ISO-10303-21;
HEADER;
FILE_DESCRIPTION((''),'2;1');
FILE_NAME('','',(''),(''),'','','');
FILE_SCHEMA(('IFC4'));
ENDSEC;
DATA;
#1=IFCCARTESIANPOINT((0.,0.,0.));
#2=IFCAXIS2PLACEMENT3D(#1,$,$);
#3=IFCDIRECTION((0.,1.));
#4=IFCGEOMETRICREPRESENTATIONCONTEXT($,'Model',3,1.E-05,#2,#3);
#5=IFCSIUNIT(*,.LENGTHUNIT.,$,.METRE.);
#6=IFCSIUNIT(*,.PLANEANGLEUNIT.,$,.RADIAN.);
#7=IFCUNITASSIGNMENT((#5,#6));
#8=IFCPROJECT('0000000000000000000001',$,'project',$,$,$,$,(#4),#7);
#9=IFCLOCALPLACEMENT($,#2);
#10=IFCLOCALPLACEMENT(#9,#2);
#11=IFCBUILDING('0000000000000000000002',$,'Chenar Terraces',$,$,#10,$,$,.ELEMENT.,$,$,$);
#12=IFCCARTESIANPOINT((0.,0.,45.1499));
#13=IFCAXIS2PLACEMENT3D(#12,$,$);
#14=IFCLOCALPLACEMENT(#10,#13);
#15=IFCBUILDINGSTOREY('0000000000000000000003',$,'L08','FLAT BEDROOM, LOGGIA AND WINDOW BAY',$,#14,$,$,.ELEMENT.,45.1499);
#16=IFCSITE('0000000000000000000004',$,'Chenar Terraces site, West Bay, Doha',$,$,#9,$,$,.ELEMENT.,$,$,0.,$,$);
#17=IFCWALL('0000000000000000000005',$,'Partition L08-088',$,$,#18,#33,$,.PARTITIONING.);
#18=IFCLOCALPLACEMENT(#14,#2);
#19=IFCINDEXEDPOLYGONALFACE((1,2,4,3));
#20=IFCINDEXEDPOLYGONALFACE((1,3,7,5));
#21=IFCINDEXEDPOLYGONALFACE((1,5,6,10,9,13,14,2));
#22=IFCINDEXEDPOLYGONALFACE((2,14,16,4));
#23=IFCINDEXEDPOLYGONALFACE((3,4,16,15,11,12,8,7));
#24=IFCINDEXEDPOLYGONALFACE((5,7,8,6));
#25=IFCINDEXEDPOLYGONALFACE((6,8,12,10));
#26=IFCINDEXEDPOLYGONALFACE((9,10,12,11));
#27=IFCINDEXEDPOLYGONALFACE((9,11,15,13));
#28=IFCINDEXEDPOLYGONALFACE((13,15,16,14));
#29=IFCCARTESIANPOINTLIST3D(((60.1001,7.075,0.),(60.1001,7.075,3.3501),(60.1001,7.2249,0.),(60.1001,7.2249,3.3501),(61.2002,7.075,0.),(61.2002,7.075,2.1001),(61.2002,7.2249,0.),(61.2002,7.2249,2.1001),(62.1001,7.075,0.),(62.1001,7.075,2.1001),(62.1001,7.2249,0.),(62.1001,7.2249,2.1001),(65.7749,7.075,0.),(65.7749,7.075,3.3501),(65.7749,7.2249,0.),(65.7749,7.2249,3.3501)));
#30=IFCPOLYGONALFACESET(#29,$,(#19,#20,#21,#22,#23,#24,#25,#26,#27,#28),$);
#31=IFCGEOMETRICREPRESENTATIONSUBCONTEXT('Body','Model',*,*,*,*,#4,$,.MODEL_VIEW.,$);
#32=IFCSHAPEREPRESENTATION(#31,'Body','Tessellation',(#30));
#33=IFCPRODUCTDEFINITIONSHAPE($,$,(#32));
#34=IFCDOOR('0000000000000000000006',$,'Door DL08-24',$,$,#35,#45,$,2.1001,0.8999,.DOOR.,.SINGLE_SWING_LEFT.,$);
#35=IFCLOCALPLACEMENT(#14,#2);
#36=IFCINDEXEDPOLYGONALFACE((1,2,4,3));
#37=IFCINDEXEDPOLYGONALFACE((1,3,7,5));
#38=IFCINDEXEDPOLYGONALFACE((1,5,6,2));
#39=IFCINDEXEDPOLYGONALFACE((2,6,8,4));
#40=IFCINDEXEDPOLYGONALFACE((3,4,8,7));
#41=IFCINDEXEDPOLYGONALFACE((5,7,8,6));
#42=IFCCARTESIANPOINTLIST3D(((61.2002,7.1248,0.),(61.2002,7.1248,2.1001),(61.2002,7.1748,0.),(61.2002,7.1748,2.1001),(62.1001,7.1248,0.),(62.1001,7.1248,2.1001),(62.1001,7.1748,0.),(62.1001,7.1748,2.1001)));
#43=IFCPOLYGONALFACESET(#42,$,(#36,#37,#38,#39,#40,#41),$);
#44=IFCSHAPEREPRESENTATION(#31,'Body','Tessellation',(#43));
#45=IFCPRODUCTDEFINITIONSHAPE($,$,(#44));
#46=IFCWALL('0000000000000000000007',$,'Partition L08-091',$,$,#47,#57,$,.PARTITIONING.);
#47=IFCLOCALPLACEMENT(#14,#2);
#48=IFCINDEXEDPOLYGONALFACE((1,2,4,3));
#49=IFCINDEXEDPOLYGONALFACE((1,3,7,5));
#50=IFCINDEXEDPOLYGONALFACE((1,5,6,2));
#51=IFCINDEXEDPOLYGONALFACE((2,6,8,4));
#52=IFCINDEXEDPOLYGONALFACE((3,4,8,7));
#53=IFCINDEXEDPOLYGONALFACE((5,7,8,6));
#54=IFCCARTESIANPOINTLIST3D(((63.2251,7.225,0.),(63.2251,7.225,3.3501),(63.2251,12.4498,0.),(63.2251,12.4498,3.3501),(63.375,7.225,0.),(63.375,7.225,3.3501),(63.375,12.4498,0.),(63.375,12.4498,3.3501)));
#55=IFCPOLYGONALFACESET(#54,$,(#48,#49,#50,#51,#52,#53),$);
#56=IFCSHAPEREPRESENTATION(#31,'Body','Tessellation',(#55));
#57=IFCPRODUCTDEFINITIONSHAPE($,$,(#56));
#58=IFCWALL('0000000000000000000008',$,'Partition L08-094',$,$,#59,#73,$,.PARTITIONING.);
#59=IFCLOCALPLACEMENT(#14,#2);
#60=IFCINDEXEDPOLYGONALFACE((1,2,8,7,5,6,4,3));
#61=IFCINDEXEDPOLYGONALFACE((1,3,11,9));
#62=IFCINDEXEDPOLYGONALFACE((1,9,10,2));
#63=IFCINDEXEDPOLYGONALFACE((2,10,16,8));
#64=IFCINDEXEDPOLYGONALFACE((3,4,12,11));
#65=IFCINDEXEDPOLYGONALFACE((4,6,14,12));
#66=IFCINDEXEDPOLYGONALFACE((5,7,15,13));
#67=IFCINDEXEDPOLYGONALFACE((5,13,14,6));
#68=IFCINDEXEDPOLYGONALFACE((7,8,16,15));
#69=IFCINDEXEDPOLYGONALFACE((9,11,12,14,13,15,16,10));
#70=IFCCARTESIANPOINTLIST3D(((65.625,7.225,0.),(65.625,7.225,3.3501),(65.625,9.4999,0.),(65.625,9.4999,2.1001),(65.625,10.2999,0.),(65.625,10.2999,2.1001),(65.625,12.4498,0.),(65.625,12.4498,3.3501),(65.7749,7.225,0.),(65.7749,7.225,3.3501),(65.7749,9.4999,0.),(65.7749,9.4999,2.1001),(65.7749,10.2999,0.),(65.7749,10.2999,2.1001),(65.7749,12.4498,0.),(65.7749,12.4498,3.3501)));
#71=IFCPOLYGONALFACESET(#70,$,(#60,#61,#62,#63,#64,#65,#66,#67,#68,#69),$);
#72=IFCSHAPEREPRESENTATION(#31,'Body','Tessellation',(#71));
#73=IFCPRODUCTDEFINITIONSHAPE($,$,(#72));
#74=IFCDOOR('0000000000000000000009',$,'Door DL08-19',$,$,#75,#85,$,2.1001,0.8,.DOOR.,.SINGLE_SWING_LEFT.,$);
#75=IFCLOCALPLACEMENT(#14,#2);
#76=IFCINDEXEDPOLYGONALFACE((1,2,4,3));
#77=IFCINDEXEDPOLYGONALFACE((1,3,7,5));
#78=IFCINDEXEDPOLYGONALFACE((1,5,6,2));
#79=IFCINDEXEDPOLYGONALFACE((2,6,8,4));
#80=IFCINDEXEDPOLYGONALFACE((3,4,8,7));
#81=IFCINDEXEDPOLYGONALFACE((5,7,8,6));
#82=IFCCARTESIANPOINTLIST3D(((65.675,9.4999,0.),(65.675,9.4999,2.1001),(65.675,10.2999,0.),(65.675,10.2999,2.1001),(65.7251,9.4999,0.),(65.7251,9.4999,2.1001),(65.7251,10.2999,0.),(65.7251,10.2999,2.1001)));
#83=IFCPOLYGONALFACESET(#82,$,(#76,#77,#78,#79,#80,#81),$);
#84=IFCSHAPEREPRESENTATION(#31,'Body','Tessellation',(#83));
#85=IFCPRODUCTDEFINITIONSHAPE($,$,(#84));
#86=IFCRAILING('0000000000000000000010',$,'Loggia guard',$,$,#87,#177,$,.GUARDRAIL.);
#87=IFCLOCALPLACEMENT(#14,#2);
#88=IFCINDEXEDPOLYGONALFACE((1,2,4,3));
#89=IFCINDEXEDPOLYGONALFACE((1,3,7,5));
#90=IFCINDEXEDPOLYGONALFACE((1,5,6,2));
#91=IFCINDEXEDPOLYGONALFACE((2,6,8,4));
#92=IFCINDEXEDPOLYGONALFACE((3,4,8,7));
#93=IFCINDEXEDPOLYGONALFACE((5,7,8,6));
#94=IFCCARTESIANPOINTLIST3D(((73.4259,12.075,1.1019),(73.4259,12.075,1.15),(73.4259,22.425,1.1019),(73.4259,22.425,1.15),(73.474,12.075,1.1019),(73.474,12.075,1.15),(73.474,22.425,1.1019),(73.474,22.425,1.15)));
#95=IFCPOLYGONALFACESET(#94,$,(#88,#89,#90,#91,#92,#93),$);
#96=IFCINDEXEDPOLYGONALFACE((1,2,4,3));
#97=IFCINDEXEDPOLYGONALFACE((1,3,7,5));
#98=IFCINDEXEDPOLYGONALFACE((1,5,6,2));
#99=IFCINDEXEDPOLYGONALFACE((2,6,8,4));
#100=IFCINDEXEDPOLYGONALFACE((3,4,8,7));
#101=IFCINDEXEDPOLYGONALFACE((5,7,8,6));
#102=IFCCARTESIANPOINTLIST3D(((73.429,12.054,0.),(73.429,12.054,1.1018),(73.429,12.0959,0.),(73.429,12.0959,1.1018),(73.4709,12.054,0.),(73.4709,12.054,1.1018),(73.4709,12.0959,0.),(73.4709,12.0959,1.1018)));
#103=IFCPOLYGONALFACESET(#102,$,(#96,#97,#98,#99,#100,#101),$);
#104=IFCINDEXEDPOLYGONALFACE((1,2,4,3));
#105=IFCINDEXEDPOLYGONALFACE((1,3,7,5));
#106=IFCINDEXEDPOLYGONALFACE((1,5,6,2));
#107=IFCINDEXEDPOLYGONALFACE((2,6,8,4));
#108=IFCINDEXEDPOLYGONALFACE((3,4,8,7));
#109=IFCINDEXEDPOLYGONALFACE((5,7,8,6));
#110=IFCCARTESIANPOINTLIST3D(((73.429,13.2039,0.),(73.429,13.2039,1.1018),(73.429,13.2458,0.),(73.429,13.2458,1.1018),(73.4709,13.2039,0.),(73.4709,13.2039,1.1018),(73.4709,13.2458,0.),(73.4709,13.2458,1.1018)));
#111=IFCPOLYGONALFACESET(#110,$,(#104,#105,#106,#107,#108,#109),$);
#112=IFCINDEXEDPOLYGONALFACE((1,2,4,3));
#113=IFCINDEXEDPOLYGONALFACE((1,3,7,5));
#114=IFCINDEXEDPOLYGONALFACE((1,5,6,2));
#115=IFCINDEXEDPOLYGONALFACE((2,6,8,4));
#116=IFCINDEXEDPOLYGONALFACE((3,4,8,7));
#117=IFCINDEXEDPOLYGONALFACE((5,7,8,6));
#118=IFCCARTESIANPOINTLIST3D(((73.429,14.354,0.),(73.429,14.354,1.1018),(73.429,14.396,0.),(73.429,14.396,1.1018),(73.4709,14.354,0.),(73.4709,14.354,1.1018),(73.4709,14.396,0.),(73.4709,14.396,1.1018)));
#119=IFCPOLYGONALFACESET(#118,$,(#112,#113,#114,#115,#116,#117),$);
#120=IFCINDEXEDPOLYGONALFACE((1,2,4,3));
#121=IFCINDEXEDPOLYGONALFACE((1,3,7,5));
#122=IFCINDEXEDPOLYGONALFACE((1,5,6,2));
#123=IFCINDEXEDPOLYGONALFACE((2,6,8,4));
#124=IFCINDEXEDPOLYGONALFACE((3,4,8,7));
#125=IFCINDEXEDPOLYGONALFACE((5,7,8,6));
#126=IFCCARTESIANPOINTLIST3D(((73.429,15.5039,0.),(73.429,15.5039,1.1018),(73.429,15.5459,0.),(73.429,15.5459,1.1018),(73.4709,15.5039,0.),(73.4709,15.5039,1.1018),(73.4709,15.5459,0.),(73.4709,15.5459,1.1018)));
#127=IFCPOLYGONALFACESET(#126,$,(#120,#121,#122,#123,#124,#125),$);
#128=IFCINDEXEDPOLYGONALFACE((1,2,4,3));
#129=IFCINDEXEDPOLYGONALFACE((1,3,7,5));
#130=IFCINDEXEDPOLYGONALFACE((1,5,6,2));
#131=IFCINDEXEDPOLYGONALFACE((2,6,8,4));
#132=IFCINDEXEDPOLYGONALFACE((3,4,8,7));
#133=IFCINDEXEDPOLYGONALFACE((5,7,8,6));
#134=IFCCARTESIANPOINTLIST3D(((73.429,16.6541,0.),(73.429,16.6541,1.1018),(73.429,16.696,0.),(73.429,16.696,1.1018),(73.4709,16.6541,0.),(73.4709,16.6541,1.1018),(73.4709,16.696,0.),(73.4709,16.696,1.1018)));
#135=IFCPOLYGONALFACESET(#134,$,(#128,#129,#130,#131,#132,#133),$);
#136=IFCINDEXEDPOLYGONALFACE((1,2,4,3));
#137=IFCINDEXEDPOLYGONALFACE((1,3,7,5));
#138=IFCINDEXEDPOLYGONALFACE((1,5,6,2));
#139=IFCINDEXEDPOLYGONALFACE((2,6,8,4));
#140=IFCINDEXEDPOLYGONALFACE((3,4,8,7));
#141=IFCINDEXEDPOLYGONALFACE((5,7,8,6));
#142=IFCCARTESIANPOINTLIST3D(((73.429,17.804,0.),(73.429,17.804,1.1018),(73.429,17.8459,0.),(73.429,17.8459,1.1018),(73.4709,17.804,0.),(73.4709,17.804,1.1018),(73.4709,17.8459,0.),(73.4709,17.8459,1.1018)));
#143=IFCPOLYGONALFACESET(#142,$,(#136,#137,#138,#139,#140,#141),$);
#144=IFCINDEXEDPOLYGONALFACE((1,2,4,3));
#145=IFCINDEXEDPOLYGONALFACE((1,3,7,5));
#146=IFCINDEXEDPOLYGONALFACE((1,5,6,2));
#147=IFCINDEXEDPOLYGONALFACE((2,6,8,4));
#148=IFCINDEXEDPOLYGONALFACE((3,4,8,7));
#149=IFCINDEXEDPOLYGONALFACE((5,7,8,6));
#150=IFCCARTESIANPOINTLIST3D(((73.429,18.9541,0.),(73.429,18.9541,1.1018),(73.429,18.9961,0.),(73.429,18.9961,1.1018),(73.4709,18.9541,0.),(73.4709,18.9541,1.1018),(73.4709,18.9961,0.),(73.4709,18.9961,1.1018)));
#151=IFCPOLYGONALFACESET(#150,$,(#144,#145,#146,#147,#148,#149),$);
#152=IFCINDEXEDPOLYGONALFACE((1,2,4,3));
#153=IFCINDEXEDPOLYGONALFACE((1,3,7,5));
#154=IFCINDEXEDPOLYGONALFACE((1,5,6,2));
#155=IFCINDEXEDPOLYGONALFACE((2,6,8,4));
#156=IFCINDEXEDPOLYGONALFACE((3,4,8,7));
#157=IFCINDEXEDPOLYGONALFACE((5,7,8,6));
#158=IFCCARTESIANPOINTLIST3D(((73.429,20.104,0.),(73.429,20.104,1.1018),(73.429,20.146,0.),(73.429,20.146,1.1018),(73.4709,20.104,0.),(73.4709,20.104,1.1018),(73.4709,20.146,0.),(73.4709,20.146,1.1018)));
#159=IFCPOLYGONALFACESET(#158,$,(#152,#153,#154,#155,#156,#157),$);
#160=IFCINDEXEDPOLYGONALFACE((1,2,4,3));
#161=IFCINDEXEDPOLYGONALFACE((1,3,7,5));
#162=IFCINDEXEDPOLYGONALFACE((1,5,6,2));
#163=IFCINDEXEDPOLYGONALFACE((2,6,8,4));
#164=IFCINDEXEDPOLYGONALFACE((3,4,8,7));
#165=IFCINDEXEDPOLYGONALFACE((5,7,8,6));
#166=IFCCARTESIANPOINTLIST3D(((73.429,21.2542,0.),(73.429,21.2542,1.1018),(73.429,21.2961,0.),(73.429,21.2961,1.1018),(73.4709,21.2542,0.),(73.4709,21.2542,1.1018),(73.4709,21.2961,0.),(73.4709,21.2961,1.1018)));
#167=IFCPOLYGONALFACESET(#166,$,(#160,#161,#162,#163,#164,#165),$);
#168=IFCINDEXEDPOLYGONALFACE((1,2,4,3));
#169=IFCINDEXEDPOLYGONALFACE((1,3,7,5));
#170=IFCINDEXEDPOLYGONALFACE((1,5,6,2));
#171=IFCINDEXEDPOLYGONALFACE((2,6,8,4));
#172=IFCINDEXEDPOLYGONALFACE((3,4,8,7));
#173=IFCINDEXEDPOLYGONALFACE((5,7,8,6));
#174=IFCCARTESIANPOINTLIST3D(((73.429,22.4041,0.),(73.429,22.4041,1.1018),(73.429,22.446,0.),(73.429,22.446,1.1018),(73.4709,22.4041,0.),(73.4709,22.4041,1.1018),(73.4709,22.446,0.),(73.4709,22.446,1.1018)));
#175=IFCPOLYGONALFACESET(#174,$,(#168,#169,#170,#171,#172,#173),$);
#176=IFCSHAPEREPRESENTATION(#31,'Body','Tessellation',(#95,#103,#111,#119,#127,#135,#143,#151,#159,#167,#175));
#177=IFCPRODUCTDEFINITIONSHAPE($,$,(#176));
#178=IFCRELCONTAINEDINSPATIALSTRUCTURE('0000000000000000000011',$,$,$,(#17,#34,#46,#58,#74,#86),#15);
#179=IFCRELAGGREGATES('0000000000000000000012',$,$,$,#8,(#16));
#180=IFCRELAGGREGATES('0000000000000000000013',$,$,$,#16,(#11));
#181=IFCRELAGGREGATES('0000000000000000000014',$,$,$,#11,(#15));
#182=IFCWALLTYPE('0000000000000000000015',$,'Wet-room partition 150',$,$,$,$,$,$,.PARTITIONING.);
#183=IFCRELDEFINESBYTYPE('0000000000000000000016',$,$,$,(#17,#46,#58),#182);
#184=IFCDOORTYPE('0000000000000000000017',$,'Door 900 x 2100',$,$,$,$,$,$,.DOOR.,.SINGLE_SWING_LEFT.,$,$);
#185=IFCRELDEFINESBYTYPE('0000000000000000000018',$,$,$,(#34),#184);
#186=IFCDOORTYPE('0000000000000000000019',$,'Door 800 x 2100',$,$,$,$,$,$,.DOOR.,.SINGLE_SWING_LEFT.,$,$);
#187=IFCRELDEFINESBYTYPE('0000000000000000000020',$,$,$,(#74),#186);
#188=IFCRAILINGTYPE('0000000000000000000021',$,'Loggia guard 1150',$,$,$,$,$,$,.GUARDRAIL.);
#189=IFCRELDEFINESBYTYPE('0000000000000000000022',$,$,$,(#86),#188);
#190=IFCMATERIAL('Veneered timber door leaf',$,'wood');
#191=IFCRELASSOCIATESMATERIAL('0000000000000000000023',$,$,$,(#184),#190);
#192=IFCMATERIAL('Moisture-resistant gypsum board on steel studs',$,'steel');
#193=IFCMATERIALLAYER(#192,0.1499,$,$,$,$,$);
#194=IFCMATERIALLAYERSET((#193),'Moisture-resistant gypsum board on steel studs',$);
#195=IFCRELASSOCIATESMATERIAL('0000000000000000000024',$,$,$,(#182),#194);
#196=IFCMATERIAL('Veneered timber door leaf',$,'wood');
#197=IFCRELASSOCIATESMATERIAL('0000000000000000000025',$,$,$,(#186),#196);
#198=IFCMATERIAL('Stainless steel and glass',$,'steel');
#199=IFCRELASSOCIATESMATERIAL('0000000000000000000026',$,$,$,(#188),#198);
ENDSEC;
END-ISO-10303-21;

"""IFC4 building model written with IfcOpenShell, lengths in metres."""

from ifc_helpers import new_model, si_unit, direction, frame, frame_2d, origin, origin_2d, place, context, subcontext, project, spatial, rectangle, extrude, material, layer, layer_set, type_object, element, fill, save


model = new_model("IFC4")

# Units and contexts
model_context = context("Model", 3, precision=1e-05, world=origin(), true_north=direction((0.0, 1.0)))
body_context = subcontext(model_context, "Body", "Model", "MODEL_VIEW")
ifc_project = project(units=[si_unit("LENGTHUNIT", "METRE"), si_unit("PLANEANGLEUNIT", "RADIAN")], contexts=[model_context])

# Site, building, storey
site_placement = place(None, origin())
site = spatial("IfcSite", under=ifc_project, at=site_placement, Name="Chenar Terraces site, West Bay, Doha", CompositionType="ELEMENT", RefElevation=0.0)
building_placement = place(site_placement, origin())
building = spatial("IfcBuilding", under=site, at=building_placement, Name="Chenar Terraces", CompositionType="ELEMENT")
storey_placement = place(building_placement, frame((0.0, 0.0, 45.1499)))
storey = spatial("IfcBuildingStorey", under=building, at=storey_placement, Name="L08", Description="FLAT BEDROOM, LOGGIA AND WINDOW BAY", CompositionType="ELEMENT", Elevation=45.1499)

# Shared definitions
ifc_material_1 = material(Name="Veneered timber door leaf", Category="wood")
door_type_1 = type_object("IfcDoorType", Name="Door 900 x 2100", OperationType="SINGLE_SWING_LEFT", PredefinedType="DOOR", material=ifc_material_1)

# Wall, opening, door
ifc_material_2 = material(Name="Moisture-resistant gypsum board on steel studs", Category="steel")
ifc_layer_1 = layer(ifc_material_2, 0.1499)
ifc_layer_set_1 = layer_set([ifc_layer_1], Name="Moisture-resistant gypsum board on steel studs")
wall_type_1 = type_object("IfcWallType", Name="Wet-room partition 150", PredefinedType="PARTITIONING", material=ifc_layer_set_1)
wall_1_placement = place(storey_placement, frame((60.1001, 7.1499, 0.0), z_axis=(0.0, 0.0, 1.0), x_axis=(1.0, 0.0, 0.0)))
wall_1 = element("IfcWall", 1, at=wall_1_placement, inside=storey, type_object=wall_type_1, Name="Partition L08-088", PredefinedType="PARTITIONING", context=body_context, shape_type="SweptSolid", body=[
    extrude(rectangle(XDim=5.6748, YDim=0.1499, at=frame_2d((2.8374, 0.0))), origin(), (0.0, 0.0, 1.0), 3.3501),
])
opening_1_placement = place(wall_1_placement, frame((1.1001, 0.0, 0.0)))
opening_1 = element("IfcOpeningElement", 2, at=opening_1_placement, cuts=wall_1, PredefinedType="OPENING", context=body_context, shape_type="SweptSolid", body=[
    extrude(rectangle(XDim=0.8999, YDim=2.1001, at=frame_2d((0.45, 1.05))), frame((0.0, 0.085, 0.0), z_axis=(0.0, -1.0, 0.0), x_axis=(1.0, 0.0, 0.0)), (0.0, 0.0, 1.0), 0.1699),
])
door_1_placement = place(opening_1_placement, origin())
door_1 = element("IfcDoor", 3, at=door_1_placement, inside=storey, type_object=door_type_1, Name="Door DL08-24", OperationType="SINGLE_SWING_LEFT", OverallHeight=2.1001, OverallWidth=0.8999, PredefinedType="DOOR", context=body_context, shape_type="SweptSolid", body=[
    extrude(rectangle(XDim=0.8999, YDim=2.1001, at=frame_2d((0.45, 1.05))), frame((0.0, 0.0249, 0.0), z_axis=(0.0, -1.0, 0.0), x_axis=(1.0, 0.0, 0.0)), (0.0, 0.0, 1.0), 0.05),
])
fill(opening_1, door_1)

# Wall
wall_2_placement = place(storey_placement, frame((63.3, 7.2251, 0.0), z_axis=(0.0, 0.0, 1.0), x_axis=(0.0, 1.0, 0.0)))
element("IfcWall", 4, at=wall_2_placement, inside=storey, type_object=wall_type_1, Name="Partition L08-091", PredefinedType="PARTITIONING", context=body_context, shape_type="SweptSolid", body=[
    extrude(rectangle(XDim=5.2249, YDim=0.1499, at=frame_2d((2.6123, 0.0))), origin(), (0.0, 0.0, 1.0), 3.3501),
])

# Wall, opening, door
wall_3_placement = place(storey_placement, frame((65.7, 7.2251, 0.0), z_axis=(0.0, 0.0, 1.0), x_axis=(0.0, 1.0, 0.0)))
wall_3 = element("IfcWall", 5, at=wall_3_placement, inside=storey, type_object=wall_type_1, Name="Partition L08-094", PredefinedType="PARTITIONING", context=body_context, shape_type="SweptSolid", body=[
    extrude(rectangle(XDim=5.2249, YDim=0.1499, at=frame_2d((2.6123, 0.0))), origin(), (0.0, 0.0, 1.0), 3.3501),
])
opening_2_placement = place(wall_3_placement, frame((2.2749, 0.0, 0.0)))
opening_2 = element("IfcOpeningElement", 6, at=opening_2_placement, cuts=wall_3, PredefinedType="OPENING", context=body_context, shape_type="SweptSolid", body=[
    extrude(rectangle(XDim=0.8, YDim=2.1001, at=frame_2d((0.3999, 1.05))), frame((0.0, 0.085, 0.0), z_axis=(0.0, -1.0, 0.0), x_axis=(1.0, 0.0, 0.0)), (0.0, 0.0, 1.0), 0.1699),
])
ifc_material_3 = material(Name="Veneered timber door leaf", Category="wood")
door_type_2 = type_object("IfcDoorType", Name="Door 800 x 2100", OperationType="SINGLE_SWING_LEFT", PredefinedType="DOOR", material=ifc_material_3)
door_2_placement = place(opening_2_placement, origin())
door_2 = element("IfcDoor", 7, at=door_2_placement, inside=storey, type_object=door_type_2, Name="Door DL08-19", OperationType="SINGLE_SWING_LEFT", OverallHeight=2.1001, OverallWidth=0.8, PredefinedType="DOOR", context=body_context, shape_type="SweptSolid", body=[
    extrude(rectangle(XDim=0.8, YDim=2.1001, at=frame_2d((0.3999, 1.05))), frame((0.0, 0.0249, 0.0), z_axis=(0.0, -1.0, 0.0), x_axis=(1.0, 0.0, 0.0)), (0.0, 0.0, 1.0), 0.05),
])
fill(opening_2, door_2)

# Railing
ifc_material_4 = material(Name="Stainless steel and glass", Category="steel")
railing_type = type_object("IfcRailingType", Name="Loggia guard 1150", PredefinedType="GUARDRAIL", material=ifc_material_4)
railing_placement = place(storey_placement, frame((73.45, 12.075, 0.0)))
element("IfcRailing", 8, at=railing_placement, inside=storey, type_object=railing_type, Name="Loggia guard", PredefinedType="GUARDRAIL", context=body_context, shape_type="SweptSolid", body=[
    extrude(rectangle(XDim=0.0481, YDim=0.0481, at=origin_2d()), frame((0.0, 0.0, 1.126), z_axis=(0.0, 1.0, 0.0), x_axis=(-1.0, 0.0, 0.0)), (0.0, 0.0, 1.0), 10.3501),
    extrude(rectangle(XDim=0.042, YDim=0.042, at=origin_2d()), origin(), (0.0, 0.0, 1.0), 1.1018),
    extrude(rectangle(XDim=0.042, YDim=0.042, at=origin_2d()), frame((0.0, 1.1499, 0.0)), (0.0, 0.0, 1.0), 1.1018),
    extrude(rectangle(XDim=0.042, YDim=0.042, at=origin_2d()), frame((0.0, 2.3, 0.0)), (0.0, 0.0, 1.0), 1.1018),
    extrude(rectangle(XDim=0.042, YDim=0.042, at=origin_2d()), frame((0.0, 3.45, 0.0)), (0.0, 0.0, 1.0), 1.1018),
    extrude(rectangle(XDim=0.042, YDim=0.042, at=origin_2d()), frame((0.0, 4.6001, 0.0)), (0.0, 0.0, 1.0), 1.1018),
    extrude(rectangle(XDim=0.042, YDim=0.042, at=origin_2d()), frame((0.0, 5.75, 0.0)), (0.0, 0.0, 1.0), 1.1018),
    extrude(rectangle(XDim=0.042, YDim=0.042, at=origin_2d()), frame((0.0, 6.9001, 0.0)), (0.0, 0.0, 1.0), 1.1018),
    extrude(rectangle(XDim=0.042, YDim=0.042, at=origin_2d()), frame((0.0, 8.05, 0.0)), (0.0, 0.0, 1.0), 1.1018),
    extrude(rectangle(XDim=0.042, YDim=0.042, at=origin_2d()), frame((0.0, 9.2002, 0.0)), (0.0, 0.0, 1.0), 1.1018),
    extrude(rectangle(XDim=0.042, YDim=0.042, at=origin_2d()), frame((0.0, 10.3501, 0.0)), (0.0, 0.0, 1.0), 1.1018),
])

save(model, "model.ifc")
